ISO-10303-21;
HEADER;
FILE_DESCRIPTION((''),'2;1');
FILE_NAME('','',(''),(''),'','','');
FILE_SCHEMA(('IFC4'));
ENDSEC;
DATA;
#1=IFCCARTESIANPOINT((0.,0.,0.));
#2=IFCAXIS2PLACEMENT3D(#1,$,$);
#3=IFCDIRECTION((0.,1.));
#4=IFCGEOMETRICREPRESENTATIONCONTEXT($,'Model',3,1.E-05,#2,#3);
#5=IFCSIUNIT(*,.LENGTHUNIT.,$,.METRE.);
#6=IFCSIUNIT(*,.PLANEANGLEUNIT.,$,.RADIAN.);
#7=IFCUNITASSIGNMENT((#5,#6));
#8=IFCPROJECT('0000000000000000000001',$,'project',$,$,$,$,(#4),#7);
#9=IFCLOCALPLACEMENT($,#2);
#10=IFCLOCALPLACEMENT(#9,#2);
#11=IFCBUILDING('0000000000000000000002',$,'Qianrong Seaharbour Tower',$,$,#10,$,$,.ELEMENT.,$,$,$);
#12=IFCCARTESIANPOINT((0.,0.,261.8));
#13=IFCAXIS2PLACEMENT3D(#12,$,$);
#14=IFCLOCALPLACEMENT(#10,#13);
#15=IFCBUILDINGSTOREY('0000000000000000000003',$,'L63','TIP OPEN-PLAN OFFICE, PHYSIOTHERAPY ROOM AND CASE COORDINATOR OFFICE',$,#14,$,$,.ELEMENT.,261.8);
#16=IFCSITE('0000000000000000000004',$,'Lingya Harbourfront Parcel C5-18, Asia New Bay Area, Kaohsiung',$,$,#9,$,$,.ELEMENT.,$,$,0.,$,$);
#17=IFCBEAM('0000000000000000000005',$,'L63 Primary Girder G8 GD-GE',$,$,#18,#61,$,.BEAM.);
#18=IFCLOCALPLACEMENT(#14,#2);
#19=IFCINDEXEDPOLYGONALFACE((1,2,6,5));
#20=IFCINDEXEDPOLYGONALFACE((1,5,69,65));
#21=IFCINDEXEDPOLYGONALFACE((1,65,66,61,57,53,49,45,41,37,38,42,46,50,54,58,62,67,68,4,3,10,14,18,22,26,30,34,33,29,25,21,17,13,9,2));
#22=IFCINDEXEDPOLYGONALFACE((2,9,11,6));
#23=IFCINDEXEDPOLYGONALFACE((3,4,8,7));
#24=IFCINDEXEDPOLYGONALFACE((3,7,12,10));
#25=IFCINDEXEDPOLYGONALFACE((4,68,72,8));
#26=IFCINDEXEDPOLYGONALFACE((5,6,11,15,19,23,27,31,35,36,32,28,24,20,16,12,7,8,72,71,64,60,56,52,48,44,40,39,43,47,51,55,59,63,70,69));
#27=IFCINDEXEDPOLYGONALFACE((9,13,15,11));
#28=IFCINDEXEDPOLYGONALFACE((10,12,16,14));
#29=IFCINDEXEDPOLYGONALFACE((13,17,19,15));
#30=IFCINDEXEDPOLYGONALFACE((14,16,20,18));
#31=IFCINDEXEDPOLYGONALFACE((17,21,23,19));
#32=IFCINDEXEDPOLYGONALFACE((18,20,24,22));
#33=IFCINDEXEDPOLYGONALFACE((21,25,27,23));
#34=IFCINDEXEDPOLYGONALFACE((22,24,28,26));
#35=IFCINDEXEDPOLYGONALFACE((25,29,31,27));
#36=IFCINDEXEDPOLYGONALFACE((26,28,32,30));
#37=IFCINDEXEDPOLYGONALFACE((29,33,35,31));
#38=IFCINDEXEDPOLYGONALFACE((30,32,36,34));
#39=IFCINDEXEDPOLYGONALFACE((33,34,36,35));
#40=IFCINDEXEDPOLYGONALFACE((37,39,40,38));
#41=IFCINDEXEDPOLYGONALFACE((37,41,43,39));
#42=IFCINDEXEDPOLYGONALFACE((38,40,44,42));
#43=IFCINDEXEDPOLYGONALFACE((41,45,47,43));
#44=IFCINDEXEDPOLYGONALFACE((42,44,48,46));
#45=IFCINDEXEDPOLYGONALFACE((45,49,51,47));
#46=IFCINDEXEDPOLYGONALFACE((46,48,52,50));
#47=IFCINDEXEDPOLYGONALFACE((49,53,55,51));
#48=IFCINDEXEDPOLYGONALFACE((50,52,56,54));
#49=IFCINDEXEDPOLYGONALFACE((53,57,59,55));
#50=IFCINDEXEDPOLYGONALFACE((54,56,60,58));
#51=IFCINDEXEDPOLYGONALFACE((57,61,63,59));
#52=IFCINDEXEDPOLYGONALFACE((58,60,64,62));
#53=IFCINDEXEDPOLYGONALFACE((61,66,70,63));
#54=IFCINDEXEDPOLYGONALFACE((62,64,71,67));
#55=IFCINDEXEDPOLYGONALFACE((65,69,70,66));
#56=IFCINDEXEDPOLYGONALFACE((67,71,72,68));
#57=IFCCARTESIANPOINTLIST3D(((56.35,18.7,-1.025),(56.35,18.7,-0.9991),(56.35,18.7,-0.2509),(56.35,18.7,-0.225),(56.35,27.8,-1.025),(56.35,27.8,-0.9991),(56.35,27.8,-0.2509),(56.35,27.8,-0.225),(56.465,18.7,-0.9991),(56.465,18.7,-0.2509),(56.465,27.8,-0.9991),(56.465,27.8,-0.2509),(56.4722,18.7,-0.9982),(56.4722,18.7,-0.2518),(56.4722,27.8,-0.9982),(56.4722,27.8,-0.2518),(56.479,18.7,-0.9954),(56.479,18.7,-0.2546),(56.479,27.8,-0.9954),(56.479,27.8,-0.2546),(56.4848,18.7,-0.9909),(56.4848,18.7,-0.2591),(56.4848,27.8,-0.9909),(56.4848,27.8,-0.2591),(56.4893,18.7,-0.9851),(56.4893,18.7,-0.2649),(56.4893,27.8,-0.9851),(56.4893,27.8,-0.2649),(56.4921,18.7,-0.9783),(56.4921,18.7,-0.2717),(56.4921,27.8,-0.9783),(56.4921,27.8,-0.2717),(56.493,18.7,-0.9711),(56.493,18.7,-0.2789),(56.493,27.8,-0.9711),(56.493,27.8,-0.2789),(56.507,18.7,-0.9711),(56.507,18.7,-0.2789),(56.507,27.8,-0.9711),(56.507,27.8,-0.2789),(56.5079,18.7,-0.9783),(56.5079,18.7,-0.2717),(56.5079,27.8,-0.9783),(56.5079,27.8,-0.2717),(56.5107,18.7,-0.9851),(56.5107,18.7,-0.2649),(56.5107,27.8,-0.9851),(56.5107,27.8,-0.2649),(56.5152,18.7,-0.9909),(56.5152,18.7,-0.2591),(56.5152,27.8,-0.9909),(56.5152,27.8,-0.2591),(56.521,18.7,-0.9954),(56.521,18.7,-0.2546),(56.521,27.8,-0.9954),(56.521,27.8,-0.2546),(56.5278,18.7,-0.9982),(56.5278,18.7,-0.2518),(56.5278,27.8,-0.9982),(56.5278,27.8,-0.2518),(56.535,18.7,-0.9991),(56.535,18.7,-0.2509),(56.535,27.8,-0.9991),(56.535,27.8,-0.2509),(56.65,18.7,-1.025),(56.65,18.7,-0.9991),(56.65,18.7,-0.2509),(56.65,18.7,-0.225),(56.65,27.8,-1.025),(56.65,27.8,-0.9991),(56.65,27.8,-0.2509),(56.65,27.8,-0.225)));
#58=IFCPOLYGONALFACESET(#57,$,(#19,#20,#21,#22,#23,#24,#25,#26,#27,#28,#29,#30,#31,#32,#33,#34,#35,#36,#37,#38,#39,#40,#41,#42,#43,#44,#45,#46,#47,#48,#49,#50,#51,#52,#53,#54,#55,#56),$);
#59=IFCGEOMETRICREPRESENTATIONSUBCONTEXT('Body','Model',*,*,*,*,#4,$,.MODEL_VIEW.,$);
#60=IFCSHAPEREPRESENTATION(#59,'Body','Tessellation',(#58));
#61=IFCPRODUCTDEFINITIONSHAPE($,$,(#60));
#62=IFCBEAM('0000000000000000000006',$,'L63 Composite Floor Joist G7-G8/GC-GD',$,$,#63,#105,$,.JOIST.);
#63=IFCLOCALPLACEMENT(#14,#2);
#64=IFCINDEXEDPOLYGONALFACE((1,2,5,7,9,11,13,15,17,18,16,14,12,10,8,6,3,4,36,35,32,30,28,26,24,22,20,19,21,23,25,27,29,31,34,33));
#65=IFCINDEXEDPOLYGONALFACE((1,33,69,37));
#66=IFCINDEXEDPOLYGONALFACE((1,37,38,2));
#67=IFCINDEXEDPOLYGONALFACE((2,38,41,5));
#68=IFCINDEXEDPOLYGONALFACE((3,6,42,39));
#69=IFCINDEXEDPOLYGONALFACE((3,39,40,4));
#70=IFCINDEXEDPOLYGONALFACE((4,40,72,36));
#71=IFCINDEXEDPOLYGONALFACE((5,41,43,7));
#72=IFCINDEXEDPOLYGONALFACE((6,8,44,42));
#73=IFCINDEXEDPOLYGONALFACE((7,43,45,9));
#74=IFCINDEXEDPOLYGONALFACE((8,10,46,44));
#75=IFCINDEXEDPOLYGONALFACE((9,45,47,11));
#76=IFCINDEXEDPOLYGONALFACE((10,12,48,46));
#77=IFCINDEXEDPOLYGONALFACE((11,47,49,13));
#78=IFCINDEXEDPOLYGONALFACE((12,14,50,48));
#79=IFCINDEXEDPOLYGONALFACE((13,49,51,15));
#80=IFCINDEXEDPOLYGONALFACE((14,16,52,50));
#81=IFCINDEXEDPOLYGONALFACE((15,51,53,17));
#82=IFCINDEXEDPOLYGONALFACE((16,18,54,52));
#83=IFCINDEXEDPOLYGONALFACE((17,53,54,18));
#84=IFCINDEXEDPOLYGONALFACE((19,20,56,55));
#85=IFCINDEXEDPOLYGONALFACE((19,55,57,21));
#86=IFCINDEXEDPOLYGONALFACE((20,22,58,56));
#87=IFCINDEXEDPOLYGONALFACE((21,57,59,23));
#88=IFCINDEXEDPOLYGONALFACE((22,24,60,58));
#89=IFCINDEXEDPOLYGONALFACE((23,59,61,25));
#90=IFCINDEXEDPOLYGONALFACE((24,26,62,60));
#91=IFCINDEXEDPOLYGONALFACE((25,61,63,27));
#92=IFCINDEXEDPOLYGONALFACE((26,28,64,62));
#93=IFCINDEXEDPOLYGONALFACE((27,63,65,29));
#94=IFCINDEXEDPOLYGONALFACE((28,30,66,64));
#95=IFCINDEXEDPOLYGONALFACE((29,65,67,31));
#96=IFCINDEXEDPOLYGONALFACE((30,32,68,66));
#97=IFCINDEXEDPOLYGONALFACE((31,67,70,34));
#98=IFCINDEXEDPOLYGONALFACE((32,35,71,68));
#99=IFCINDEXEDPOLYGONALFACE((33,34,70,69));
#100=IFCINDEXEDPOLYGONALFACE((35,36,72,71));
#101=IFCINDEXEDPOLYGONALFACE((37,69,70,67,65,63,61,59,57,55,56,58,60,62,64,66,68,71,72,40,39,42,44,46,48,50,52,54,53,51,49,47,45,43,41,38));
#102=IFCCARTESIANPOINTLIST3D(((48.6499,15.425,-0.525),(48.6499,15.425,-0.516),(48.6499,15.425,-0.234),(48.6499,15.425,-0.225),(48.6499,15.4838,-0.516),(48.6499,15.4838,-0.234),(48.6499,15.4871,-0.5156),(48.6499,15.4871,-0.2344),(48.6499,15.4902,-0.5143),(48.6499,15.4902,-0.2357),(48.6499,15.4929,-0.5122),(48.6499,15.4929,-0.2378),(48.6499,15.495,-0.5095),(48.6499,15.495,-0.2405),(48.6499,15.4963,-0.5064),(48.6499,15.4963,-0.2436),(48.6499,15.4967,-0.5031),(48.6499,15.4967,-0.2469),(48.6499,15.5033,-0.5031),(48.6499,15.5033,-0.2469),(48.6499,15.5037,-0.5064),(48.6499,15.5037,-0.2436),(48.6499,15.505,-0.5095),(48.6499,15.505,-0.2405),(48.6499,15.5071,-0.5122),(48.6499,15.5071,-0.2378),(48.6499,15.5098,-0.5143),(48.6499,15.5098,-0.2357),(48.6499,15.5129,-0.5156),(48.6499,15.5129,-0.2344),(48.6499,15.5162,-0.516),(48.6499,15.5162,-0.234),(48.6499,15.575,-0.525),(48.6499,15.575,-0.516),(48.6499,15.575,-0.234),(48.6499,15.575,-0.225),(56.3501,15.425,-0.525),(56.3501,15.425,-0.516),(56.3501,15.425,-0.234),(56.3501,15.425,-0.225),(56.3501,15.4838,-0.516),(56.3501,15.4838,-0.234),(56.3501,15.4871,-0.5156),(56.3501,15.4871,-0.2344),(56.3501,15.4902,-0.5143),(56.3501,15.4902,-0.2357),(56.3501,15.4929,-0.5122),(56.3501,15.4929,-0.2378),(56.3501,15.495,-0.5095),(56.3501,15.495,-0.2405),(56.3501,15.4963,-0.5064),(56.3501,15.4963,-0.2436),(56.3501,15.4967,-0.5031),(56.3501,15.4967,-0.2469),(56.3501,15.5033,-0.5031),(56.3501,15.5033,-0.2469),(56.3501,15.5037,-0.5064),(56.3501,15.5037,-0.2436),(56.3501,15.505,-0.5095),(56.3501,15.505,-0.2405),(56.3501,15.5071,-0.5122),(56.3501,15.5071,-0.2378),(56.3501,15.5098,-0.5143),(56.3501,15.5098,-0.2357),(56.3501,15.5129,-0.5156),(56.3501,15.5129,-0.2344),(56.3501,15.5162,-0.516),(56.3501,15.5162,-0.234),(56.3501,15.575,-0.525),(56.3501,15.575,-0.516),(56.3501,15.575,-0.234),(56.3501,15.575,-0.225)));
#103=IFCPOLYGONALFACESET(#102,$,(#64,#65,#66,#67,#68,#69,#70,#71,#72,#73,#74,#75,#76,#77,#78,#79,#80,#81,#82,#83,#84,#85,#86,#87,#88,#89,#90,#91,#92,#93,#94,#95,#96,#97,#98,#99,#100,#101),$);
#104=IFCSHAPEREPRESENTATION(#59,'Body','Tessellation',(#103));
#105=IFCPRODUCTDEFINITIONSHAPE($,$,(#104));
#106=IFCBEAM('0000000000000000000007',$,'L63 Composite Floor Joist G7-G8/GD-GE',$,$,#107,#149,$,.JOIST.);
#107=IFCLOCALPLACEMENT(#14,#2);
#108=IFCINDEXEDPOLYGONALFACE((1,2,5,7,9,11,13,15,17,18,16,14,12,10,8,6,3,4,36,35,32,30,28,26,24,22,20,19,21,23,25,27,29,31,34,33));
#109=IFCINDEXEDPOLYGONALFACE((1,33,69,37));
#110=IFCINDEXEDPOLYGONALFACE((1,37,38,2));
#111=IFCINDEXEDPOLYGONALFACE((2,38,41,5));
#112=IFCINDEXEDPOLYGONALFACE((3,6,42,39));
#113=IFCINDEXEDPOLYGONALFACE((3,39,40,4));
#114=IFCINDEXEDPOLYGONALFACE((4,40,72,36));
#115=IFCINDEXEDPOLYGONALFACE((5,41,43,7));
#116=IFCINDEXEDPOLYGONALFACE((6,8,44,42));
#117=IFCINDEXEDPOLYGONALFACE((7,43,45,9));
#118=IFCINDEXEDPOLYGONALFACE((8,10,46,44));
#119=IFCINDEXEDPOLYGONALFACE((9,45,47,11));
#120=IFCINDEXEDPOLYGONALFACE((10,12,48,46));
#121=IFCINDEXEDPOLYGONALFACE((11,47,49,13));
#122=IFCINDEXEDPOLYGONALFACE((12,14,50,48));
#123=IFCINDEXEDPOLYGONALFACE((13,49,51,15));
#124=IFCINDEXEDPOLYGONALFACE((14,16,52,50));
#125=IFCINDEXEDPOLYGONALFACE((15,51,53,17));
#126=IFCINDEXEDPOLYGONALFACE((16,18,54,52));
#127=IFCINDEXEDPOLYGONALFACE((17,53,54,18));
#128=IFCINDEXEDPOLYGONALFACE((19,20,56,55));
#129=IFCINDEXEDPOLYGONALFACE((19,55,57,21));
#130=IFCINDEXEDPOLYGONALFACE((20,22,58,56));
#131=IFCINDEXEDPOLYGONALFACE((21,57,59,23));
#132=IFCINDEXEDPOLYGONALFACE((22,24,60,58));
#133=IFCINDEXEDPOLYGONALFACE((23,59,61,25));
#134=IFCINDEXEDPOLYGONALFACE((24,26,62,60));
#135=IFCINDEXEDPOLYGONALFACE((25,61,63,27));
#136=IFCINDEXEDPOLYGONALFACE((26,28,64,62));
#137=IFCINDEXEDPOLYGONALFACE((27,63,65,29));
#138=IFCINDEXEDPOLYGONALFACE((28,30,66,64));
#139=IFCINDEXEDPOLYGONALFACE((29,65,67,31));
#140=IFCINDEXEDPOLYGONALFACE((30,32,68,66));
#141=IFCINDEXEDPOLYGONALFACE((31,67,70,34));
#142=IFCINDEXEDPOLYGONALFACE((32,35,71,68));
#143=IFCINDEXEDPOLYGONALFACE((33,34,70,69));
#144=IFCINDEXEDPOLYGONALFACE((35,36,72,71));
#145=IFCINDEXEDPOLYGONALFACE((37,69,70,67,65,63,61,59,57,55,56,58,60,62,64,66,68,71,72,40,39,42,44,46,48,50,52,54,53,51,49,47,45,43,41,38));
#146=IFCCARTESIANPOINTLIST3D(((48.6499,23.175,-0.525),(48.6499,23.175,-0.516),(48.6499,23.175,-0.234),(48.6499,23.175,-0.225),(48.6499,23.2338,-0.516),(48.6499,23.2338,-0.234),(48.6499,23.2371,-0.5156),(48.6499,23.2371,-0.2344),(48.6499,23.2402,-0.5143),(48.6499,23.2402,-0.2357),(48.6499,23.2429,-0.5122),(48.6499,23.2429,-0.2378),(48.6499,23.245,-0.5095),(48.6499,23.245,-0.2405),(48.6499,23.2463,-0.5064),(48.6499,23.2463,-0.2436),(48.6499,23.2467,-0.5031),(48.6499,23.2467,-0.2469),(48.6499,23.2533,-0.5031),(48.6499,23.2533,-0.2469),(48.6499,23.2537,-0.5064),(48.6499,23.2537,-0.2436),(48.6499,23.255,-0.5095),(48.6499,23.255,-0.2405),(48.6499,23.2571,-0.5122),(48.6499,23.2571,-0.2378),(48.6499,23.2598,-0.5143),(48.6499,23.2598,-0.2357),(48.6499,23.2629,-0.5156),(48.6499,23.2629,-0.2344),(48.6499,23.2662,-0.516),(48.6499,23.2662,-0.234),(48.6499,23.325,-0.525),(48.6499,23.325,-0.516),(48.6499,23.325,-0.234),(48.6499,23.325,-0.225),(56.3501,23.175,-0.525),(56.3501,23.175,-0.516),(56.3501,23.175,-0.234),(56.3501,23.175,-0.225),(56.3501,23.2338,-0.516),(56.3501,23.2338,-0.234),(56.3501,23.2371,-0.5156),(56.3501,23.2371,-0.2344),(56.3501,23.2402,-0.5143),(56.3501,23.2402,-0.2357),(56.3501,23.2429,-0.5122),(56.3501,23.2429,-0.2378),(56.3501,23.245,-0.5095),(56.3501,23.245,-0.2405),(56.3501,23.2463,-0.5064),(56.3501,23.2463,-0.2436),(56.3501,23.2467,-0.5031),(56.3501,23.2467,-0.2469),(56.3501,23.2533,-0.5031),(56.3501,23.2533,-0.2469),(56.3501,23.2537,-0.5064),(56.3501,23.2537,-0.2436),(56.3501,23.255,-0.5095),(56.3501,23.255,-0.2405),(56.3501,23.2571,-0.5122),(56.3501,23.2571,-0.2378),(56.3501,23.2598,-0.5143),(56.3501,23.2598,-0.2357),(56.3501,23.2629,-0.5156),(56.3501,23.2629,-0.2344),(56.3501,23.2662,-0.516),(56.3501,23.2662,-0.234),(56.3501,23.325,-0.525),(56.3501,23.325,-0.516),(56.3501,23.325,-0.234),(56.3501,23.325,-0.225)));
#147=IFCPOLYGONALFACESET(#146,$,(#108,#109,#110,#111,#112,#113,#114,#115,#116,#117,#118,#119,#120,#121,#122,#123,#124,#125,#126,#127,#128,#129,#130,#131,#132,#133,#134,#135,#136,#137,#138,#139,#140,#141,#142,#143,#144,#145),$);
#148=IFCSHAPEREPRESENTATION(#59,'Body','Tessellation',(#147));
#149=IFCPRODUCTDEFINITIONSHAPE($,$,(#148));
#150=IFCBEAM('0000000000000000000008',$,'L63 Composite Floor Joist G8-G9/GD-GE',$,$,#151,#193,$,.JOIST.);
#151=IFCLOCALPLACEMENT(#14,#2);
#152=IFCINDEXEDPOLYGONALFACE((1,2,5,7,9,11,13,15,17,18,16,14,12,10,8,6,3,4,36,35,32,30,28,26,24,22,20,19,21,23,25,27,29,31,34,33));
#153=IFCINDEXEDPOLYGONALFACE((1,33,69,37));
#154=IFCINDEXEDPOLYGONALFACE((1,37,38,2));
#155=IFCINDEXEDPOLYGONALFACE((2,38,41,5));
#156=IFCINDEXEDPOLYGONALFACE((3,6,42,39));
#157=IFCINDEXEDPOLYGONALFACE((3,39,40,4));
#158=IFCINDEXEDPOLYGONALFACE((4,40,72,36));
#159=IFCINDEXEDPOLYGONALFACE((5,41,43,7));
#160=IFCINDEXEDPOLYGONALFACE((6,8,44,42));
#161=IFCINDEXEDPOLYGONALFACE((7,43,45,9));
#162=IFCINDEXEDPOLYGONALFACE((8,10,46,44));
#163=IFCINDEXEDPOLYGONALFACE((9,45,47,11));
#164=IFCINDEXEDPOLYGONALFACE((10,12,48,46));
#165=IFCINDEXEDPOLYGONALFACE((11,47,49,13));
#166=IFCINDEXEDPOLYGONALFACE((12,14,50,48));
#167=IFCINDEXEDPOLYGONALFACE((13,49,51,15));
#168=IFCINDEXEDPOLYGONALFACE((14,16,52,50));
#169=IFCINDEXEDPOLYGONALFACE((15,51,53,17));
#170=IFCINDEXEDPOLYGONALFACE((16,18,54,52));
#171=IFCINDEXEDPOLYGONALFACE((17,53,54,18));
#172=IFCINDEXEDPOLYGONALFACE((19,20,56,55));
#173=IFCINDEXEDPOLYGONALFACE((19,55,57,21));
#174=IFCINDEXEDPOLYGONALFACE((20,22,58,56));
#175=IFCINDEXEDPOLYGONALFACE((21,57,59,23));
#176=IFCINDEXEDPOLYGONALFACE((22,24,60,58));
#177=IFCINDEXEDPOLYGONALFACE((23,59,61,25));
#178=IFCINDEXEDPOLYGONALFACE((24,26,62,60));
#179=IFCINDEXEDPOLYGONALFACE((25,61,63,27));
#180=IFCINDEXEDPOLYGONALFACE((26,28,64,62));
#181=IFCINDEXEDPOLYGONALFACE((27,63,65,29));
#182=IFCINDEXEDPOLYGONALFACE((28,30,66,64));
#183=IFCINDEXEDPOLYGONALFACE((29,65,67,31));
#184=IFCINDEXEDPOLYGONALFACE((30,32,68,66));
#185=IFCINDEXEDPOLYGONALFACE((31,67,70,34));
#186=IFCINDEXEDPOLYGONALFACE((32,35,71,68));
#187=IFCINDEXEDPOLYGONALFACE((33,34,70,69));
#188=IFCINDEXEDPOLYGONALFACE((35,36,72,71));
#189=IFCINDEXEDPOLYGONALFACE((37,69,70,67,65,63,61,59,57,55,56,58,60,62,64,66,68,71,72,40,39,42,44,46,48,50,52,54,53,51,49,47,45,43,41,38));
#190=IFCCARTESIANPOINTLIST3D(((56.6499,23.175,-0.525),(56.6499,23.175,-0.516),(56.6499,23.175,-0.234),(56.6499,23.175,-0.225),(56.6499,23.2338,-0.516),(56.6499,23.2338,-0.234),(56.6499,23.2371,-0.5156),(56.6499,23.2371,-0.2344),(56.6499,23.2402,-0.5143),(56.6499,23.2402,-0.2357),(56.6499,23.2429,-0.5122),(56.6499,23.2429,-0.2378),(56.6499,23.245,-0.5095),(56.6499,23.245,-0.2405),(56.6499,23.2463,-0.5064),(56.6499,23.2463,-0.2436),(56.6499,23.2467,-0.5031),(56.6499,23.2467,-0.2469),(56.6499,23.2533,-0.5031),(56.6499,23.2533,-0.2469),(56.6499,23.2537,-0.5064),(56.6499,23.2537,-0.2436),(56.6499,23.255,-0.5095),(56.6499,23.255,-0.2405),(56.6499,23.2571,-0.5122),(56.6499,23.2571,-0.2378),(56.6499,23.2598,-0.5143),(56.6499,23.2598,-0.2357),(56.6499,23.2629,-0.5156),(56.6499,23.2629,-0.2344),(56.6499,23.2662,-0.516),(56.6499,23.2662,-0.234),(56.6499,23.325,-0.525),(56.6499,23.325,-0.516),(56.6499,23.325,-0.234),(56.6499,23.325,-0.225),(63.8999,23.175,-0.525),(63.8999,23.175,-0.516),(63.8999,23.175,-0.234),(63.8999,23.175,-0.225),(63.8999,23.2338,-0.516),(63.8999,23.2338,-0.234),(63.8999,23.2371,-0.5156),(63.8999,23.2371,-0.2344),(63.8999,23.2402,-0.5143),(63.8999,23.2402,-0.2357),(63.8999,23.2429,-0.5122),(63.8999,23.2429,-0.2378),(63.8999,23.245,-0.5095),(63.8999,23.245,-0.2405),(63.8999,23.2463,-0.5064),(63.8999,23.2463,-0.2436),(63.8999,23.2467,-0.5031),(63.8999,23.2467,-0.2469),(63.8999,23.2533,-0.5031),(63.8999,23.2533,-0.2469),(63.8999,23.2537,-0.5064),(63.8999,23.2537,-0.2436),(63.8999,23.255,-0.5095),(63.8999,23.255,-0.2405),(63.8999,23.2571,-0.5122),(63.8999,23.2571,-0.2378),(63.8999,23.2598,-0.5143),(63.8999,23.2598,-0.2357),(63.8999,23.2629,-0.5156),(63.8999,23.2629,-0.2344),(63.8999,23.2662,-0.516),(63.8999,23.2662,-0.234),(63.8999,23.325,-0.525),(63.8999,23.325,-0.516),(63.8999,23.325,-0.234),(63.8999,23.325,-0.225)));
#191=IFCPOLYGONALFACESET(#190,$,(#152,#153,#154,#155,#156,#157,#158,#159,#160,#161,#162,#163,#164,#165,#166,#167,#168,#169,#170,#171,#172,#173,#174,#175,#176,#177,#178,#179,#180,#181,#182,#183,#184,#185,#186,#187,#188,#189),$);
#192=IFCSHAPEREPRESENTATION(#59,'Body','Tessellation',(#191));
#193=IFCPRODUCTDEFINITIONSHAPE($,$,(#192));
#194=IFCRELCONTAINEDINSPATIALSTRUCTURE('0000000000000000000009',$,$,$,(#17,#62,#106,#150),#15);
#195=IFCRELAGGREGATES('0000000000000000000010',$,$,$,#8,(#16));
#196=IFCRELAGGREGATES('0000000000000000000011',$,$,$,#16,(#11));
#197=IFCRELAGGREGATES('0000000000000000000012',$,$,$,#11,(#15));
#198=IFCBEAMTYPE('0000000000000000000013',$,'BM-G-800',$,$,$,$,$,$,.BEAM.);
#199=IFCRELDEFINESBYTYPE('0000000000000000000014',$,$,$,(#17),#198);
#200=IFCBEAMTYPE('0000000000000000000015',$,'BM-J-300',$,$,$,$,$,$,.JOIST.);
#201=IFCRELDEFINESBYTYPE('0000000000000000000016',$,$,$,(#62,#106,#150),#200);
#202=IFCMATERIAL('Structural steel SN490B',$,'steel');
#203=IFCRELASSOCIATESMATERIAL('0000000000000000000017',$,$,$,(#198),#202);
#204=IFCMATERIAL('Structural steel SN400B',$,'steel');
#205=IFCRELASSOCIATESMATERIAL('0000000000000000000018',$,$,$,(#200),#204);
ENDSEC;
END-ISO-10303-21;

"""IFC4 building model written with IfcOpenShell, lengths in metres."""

from ifc_helpers import new_model, si_unit, direction, frame, origin, origin_2d, place, context, subcontext, project, spatial, i_section, extrude, material, material_profile, profile_set, type_object, element, save


model = new_model("IFC4")

# Units and contexts
model_context = context("Model", 3, precision=1e-05, world=origin(), true_north=direction((0.0, 1.0)))
body_context = subcontext(model_context, "Body", "Model", "MODEL_VIEW")
ifc_project = project(units=[si_unit("LENGTHUNIT", "METRE"), si_unit("PLANEANGLEUNIT", "RADIAN")], contexts=[model_context])

# Site, building, storey
site_placement = place(None, origin())
site = spatial("IfcSite", under=ifc_project, at=site_placement, Name="Lingya Harbourfront Parcel C5-18, Asia New Bay Area, Kaohsiung", CompositionType="ELEMENT", RefElevation=0.0)
building_placement = place(site_placement, origin())
building = spatial("IfcBuilding", under=site, at=building_placement, Name="Qianrong Seaharbour Tower", CompositionType="ELEMENT")
storey_placement = place(building_placement, frame((0.0, 0.0, 261.8)))
storey = spatial("IfcBuildingStorey", under=building, at=storey_placement, Name="L63", Description="TIP OPEN-PLAN OFFICE, PHYSIOTHERAPY ROOM AND CASE COORDINATOR OFFICE", CompositionType="ELEMENT", Elevation=261.8)

# Shared definitions
ifc_material_1 = material(Name="Structural steel SN490B", Category="steel")

# Beams
ifc_material_profile_1 = material_profile(ifc_material_1, i_section(OverallWidth=0.3, OverallDepth=0.8, WebThickness=0.0139, FlangeThickness=0.0259, FilletRadius=0.0281, at=origin_2d()), Name="H800x300x14x26")
ifc_profile_set_1 = profile_set([ifc_material_profile_1], Name="Structural steel SN490B")
beam_type_1 = type_object("IfcBeamType", Name="BM-G-800", PredefinedType="BEAM", material=ifc_profile_set_1)
for number, where, z_axis, x_axis, name in (
    (1, (56.5, 18.7, -0.625), (0.0, 1.0, 0.0), (-1.0, 0.0, 0.0), "L63 Primary Girder G8 GD-GE"),
):
    element("IfcBeam", number, at=place(storey_placement, frame(where, z_axis=z_axis, x_axis=x_axis)), inside=storey, type_object=beam_type_1, Name=name, PredefinedType="BEAM", context=body_context, shape_type="SweptSolid", body=[
        extrude(i_section(OverallWidth=0.3, OverallDepth=0.8, WebThickness=0.0139, FlangeThickness=0.0259, FilletRadius=0.0281, at=origin_2d()), origin(), (0.0, 0.0, 1.0), 9.1001),
    ])
ifc_material_2 = material(Name="Structural steel SN400B", Category="steel")
ifc_material_profile_2 = material_profile(ifc_material_2, i_section(OverallWidth=0.1499, OverallDepth=0.3, WebThickness=0.0066, FlangeThickness=0.009, FilletRadius=0.0129, at=origin_2d()), Name="H300x150x6.5x9")
ifc_profile_set_2 = profile_set([ifc_material_profile_2], Name="Structural steel SN400B")
beam_type_2 = type_object("IfcBeamType", Name="BM-J-300", PredefinedType="JOIST", material=ifc_profile_set_2)
for number, where, z_axis, x_axis, name in (
    (2, (48.6499, 15.5, -0.375), (1.0, 0.0, 0.0), (0.0, 1.0, 0.0), "L63 Composite Floor Joist G7-G8/GC-GD"),
    (3, (48.6499, 23.25, -0.375), (1.0, 0.0, 0.0), (0.0, 1.0, 0.0), "L63 Composite Floor Joist G7-G8/GD-GE"),
):
    element("IfcBeam", number, at=place(storey_placement, frame(where, z_axis=z_axis, x_axis=x_axis)), inside=storey, type_object=beam_type_2, Name=name, PredefinedType="JOIST", context=body_context, shape_type="SweptSolid", body=[
        extrude(i_section(OverallWidth=0.1499, OverallDepth=0.3, WebThickness=0.0066, FlangeThickness=0.009, FilletRadius=0.0129, at=origin_2d()), origin(), (0.0, 0.0, 1.0), 7.7002),
    ])
beam_1_placement = place(storey_placement, frame((56.6499, 23.25, -0.375), z_axis=(1.0, 0.0, 0.0), x_axis=(0.0, 1.0, 0.0)))
element("IfcBeam", 4, at=beam_1_placement, inside=storey, type_object=beam_type_2, Name="L63 Composite Floor Joist G8-G9/GD-GE", PredefinedType="JOIST", context=body_context, shape_type="SweptSolid", body=[
    extrude(i_section(OverallWidth=0.1499, OverallDepth=0.3, WebThickness=0.0066, FlangeThickness=0.009, FilletRadius=0.0129, at=origin_2d()), origin(), (0.0, 0.0, 1.0), 7.25),
])

save(model, "model.ifc")
